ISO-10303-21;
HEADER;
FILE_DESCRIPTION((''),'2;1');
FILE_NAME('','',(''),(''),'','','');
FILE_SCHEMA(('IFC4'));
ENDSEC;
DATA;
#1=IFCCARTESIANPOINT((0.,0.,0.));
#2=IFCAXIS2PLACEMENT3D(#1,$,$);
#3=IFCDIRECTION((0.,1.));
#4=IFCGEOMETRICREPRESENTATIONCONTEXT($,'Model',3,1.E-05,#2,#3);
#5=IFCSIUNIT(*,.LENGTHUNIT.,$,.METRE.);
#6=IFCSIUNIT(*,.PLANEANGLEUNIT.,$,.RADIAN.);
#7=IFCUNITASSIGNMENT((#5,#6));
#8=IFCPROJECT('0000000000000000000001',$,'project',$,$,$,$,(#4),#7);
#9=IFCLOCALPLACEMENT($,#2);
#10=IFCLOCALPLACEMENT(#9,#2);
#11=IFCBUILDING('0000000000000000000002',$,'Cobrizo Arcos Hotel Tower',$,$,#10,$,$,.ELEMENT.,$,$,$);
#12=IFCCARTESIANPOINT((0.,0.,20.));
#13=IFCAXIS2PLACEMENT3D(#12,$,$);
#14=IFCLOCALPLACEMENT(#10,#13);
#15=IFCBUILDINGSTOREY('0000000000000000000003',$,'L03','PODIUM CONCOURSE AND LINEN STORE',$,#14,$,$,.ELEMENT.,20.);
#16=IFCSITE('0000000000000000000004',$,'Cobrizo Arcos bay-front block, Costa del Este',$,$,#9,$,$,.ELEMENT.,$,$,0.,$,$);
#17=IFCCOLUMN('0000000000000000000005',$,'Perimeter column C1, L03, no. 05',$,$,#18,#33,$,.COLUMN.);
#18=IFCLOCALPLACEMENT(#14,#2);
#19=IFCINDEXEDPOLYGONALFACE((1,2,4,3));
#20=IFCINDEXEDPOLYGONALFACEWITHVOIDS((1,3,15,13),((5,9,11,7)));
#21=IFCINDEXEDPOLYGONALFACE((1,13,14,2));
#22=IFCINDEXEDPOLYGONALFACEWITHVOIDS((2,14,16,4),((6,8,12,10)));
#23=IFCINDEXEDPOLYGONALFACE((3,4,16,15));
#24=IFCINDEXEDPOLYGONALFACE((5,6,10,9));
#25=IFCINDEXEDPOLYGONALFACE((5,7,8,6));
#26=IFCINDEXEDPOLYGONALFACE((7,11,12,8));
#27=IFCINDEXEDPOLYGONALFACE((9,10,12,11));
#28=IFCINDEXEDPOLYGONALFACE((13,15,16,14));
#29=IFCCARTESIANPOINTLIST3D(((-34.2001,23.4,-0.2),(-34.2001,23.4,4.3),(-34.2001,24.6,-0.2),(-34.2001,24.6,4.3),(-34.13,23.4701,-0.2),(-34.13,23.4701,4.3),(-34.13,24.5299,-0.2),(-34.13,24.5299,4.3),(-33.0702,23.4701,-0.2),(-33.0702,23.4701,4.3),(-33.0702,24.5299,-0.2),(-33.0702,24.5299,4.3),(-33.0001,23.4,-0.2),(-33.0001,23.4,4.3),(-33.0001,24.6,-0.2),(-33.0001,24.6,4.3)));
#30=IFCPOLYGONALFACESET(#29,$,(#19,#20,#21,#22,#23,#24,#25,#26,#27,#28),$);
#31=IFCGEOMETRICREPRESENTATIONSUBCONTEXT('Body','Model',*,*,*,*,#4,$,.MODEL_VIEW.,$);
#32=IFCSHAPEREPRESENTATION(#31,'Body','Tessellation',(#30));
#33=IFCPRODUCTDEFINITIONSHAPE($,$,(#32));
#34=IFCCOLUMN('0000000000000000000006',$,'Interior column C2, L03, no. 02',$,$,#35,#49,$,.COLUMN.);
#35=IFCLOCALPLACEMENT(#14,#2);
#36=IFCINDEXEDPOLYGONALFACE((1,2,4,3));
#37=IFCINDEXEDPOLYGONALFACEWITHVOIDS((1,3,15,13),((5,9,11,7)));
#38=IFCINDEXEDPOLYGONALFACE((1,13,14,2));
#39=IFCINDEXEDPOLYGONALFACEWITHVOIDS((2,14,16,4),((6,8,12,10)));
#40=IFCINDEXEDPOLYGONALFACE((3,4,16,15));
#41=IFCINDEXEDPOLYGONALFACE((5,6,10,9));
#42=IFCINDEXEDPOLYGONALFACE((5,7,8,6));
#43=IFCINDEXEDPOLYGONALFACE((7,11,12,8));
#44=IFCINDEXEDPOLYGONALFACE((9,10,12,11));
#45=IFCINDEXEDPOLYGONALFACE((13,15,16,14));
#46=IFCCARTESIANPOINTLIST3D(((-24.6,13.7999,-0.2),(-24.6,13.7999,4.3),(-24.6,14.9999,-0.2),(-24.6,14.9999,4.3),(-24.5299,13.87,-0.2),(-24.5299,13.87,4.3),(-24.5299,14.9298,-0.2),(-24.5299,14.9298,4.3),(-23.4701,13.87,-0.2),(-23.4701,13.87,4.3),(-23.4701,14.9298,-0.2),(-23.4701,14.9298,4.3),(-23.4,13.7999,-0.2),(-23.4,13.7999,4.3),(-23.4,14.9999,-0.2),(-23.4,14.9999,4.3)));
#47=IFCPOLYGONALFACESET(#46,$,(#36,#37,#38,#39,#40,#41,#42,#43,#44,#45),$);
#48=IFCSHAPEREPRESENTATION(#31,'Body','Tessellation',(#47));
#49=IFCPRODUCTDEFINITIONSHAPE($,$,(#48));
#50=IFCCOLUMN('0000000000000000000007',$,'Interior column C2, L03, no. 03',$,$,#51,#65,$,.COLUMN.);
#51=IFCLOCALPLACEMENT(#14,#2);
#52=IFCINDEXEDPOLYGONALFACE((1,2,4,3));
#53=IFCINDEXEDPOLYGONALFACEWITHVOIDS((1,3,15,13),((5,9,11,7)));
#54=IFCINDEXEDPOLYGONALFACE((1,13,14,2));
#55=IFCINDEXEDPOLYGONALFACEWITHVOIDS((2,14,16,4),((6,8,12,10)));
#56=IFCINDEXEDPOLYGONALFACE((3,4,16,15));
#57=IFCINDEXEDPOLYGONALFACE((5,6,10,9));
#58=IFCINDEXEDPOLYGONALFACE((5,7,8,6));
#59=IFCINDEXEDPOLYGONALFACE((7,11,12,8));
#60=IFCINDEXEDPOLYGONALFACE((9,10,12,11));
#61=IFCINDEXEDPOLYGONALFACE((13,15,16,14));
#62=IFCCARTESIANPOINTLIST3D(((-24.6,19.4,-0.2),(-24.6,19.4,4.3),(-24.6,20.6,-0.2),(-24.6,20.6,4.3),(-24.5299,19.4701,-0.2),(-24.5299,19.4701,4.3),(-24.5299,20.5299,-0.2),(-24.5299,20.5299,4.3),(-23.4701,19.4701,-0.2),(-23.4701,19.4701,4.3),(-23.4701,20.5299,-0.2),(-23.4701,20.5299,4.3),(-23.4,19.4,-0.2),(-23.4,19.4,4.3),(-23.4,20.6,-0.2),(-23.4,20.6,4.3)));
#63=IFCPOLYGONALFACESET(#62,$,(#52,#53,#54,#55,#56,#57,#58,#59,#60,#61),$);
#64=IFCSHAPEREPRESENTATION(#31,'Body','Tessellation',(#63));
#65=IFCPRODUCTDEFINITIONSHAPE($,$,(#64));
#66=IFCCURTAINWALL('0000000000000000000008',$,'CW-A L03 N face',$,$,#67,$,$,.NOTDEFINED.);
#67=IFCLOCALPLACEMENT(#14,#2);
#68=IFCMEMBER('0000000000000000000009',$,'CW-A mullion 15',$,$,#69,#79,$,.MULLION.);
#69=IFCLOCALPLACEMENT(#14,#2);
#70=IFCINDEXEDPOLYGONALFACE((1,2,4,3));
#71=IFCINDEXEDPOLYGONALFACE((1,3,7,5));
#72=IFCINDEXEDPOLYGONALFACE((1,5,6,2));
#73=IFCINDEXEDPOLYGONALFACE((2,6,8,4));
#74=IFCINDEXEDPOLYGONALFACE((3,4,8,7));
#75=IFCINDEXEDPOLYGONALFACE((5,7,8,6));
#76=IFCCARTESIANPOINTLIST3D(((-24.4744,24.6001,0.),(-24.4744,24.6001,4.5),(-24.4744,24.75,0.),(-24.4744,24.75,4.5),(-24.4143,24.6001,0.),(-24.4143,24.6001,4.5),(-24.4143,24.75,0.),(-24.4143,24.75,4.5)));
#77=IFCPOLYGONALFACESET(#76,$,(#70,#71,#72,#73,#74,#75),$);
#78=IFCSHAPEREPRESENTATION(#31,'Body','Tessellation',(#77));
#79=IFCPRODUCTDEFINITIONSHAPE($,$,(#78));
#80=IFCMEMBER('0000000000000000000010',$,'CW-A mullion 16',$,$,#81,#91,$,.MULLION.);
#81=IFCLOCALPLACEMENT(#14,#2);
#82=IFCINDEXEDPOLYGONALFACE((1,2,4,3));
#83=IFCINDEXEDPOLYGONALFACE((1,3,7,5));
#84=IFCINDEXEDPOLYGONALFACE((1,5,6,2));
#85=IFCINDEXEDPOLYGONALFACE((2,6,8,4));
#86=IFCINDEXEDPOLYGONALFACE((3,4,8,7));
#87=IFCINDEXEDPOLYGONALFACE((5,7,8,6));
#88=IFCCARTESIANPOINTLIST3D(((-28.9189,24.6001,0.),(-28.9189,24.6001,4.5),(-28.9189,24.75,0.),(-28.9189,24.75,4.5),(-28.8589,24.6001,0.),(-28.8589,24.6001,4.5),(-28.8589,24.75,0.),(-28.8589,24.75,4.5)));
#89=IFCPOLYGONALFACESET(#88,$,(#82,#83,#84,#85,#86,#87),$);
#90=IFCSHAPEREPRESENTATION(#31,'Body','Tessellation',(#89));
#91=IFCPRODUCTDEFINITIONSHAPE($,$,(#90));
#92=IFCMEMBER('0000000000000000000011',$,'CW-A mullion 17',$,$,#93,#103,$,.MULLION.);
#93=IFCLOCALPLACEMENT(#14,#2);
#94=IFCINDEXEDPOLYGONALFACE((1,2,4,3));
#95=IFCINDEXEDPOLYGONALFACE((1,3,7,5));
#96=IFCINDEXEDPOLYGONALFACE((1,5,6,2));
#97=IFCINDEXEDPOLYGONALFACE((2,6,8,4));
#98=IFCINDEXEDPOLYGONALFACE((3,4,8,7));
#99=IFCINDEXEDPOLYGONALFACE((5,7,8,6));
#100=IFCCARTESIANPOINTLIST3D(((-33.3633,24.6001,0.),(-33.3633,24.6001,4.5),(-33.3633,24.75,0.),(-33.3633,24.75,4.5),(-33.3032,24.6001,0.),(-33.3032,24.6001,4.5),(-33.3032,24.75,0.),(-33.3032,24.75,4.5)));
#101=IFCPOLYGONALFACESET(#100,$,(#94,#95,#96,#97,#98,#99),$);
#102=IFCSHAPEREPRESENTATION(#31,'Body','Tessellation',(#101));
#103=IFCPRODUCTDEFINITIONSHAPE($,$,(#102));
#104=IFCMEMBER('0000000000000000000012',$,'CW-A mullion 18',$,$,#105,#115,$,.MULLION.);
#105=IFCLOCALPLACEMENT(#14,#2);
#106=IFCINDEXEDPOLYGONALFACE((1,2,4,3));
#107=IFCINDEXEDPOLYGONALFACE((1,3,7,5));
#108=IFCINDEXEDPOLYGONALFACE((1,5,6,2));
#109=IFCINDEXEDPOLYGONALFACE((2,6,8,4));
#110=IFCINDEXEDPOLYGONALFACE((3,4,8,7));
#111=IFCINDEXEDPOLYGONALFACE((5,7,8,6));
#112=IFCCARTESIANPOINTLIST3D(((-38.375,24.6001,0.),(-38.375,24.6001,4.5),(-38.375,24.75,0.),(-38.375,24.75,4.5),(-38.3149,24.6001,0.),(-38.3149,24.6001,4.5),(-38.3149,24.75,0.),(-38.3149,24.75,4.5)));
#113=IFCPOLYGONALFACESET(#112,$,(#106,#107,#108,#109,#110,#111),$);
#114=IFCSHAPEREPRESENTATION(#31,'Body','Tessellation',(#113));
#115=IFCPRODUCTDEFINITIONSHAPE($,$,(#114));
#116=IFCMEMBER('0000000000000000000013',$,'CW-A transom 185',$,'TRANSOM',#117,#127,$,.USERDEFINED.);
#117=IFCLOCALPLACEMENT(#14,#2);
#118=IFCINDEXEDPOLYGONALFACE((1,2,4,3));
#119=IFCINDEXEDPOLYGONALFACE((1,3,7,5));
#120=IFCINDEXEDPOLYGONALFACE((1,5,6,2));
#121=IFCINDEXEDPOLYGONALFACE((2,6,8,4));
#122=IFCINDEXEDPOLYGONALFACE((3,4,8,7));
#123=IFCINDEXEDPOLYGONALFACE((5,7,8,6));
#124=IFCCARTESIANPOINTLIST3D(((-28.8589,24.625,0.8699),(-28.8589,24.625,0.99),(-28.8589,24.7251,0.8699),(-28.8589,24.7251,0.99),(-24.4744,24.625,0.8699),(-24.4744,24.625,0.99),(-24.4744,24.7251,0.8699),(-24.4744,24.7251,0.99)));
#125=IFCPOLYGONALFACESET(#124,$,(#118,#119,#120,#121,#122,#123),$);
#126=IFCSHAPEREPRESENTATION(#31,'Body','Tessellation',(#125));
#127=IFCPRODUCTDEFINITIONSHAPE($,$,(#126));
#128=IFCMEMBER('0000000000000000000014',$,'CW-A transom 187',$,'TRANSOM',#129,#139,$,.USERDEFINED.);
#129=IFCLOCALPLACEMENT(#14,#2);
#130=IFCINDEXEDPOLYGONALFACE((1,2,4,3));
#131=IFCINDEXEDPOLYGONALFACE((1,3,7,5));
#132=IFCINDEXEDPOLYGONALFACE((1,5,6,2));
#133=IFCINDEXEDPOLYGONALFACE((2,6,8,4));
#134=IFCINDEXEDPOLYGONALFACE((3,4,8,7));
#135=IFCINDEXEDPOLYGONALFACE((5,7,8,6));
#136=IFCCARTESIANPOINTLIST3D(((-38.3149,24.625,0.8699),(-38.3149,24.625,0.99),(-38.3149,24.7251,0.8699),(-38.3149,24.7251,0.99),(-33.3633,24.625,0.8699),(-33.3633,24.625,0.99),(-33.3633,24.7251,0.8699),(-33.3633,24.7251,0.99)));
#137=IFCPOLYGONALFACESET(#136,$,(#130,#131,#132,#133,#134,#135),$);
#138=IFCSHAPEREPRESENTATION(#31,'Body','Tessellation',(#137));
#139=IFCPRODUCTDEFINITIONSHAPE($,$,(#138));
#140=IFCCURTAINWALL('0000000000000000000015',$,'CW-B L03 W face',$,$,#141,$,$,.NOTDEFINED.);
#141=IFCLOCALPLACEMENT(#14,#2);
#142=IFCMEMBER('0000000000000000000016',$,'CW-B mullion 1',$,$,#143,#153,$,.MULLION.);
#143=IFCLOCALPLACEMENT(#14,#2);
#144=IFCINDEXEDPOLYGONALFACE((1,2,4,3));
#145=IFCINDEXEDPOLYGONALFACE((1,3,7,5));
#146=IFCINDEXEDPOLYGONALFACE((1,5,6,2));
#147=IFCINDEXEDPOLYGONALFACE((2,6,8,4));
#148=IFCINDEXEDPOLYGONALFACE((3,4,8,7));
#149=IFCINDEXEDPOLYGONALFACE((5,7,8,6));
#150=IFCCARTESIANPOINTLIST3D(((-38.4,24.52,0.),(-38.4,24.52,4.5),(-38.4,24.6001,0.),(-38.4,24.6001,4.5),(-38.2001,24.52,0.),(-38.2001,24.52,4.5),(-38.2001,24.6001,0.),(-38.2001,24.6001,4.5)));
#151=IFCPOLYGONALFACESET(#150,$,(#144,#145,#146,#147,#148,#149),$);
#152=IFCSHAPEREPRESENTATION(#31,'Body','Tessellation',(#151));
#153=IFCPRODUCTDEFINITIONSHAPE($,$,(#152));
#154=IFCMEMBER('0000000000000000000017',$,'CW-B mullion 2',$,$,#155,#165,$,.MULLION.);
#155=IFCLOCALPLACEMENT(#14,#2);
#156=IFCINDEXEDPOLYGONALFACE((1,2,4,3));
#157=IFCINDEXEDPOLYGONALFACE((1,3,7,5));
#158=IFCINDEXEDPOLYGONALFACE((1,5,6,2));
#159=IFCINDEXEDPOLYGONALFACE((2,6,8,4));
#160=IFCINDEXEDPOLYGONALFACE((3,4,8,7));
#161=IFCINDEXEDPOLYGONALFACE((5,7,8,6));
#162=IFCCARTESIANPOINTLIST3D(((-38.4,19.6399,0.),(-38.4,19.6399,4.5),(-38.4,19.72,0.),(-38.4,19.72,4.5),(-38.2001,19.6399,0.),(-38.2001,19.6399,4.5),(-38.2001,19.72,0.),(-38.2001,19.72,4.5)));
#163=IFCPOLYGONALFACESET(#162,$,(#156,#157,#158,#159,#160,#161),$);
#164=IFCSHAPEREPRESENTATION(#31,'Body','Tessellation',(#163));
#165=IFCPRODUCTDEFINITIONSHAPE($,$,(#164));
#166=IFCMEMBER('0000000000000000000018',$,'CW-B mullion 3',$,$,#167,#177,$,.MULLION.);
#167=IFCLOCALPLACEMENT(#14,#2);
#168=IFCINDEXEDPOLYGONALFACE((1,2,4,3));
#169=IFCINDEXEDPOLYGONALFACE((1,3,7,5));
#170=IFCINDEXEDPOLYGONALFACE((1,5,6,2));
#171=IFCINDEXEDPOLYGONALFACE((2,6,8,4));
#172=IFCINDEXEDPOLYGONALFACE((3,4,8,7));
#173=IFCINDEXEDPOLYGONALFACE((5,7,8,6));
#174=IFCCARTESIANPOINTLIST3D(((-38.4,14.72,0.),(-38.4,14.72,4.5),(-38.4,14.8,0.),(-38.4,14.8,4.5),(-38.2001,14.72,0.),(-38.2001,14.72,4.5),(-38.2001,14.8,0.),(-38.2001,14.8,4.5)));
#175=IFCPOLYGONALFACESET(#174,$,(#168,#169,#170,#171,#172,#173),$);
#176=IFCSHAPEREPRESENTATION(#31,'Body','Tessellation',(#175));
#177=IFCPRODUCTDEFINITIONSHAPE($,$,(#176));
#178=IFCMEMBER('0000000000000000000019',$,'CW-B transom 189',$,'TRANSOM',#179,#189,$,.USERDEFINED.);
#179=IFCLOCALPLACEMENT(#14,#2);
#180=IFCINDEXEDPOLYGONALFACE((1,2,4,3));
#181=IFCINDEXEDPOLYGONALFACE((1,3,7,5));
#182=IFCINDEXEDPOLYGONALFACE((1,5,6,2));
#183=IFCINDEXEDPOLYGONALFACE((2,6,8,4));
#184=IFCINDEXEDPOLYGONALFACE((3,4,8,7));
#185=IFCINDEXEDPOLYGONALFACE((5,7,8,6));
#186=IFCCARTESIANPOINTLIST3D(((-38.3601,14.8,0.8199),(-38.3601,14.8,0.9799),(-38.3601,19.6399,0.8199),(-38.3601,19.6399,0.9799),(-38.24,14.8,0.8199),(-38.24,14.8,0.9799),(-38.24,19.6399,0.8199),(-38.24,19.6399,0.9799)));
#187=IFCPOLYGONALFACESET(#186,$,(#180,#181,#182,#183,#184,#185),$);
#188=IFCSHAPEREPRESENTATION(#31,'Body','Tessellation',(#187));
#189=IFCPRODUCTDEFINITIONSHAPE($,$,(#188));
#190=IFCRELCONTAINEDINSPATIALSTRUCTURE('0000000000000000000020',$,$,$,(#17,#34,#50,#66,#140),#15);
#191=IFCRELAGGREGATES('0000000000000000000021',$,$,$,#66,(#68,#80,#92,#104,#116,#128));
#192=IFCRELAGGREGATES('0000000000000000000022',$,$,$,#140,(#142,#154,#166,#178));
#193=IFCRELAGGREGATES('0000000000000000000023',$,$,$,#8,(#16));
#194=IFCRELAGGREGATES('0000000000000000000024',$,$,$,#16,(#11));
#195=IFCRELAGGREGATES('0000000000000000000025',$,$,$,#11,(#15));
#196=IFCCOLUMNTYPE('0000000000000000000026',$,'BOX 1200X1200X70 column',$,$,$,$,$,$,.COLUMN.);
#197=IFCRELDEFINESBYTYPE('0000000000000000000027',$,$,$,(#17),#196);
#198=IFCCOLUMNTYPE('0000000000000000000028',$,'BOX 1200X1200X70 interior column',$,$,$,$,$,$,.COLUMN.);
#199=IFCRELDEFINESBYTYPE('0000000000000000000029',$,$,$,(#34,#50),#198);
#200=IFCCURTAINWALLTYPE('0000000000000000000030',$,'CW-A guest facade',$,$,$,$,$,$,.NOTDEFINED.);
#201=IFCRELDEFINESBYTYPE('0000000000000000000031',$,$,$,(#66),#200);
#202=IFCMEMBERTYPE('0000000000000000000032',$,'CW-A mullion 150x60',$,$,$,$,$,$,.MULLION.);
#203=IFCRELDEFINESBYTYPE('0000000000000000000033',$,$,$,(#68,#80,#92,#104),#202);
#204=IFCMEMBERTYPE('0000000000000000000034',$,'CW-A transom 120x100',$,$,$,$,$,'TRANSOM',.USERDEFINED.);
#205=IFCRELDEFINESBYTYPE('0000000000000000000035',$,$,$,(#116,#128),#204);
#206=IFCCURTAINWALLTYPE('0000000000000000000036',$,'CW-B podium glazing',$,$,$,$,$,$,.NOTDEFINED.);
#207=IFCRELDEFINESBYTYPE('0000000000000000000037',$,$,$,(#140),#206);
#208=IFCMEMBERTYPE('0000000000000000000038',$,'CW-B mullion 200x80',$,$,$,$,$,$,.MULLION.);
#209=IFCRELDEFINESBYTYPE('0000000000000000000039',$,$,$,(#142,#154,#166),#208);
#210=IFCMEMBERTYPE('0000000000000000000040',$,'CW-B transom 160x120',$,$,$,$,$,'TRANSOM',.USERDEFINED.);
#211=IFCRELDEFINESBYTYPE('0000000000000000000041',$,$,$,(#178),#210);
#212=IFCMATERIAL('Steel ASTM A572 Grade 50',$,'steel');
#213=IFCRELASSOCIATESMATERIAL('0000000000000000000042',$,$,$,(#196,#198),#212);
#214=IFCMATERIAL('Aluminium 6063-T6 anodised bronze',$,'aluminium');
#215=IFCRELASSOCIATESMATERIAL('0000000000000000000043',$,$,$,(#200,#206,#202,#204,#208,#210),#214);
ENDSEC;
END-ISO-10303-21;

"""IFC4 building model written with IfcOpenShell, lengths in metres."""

from ifc_helpers import new_model, si_unit, direction, frame, origin, origin_2d, place, context, subcontext, project, spatial, rectangle, hollow_rectangle, extrude, material, material_profile, profile_set, type_object, element, aggregate, save


model = new_model("IFC4")

# Units and contexts
model_context = context("Model", 3, precision=1e-05, world=origin(), true_north=direction((0.0, 1.0)))
body_context = subcontext(model_context, "Body", "Model", "MODEL_VIEW")
ifc_project = project(units=[si_unit("LENGTHUNIT", "METRE"), si_unit("PLANEANGLEUNIT", "RADIAN")], contexts=[model_context])

# Site, building, storey
site_placement = place(None, origin())
site = spatial("IfcSite", under=ifc_project, at=site_placement, Name="Cobrizo Arcos bay-front block, Costa del Este", CompositionType="ELEMENT", RefElevation=0.0)
building_placement = place(site_placement, origin())
building = spatial("IfcBuilding", under=site, at=building_placement, Name="Cobrizo Arcos Hotel Tower", CompositionType="ELEMENT")
storey_placement = place(building_placement, frame((0.0, 0.0, 20.0)))
storey = spatial("IfcBuildingStorey", under=building, at=storey_placement, Name="L03", Description="PODIUM CONCOURSE AND LINEN STORE", CompositionType="ELEMENT", Elevation=20.0)

# Columns
ifc_material_1 = material(Name="Steel ASTM A572 Grade 50", Category="steel")
ifc_material_profile_1 = material_profile(ifc_material_1, hollow_rectangle(XDim=1.2, YDim=1.2, WallThickness=0.0701, at=origin_2d()), Name="BOX 1200X1200X70")
ifc_profile_set_1 = profile_set([ifc_material_profile_1], Name="Steel ASTM A572 Grade 50")
column_type_1 = type_object("IfcColumnType", Name="BOX 1200X1200X70 column", PredefinedType="COLUMN", material=ifc_profile_set_1)
column_placement = place(storey_placement, frame((-33.6001, 24.0, -0.2), z_axis=(0.0, 0.0, 1.0), x_axis=(1.0, 0.0, 0.0)))
element("IfcColumn", 1, at=column_placement, inside=storey, type_object=column_type_1, Name="Perimeter column C1, L03, no. 05", PredefinedType="COLUMN", context=body_context, shape_type="SweptSolid", body=[
    extrude(hollow_rectangle(XDim=1.2, YDim=1.2, WallThickness=0.0701, at=origin_2d()), origin(), (0.0, 0.0, 1.0), 4.5),
])
ifc_material_profile_2 = material_profile(ifc_material_1, hollow_rectangle(XDim=1.2, YDim=1.2, WallThickness=0.0701, at=origin_2d()), Name="BOX 1200X1200X70")
ifc_profile_set_2 = profile_set([ifc_material_profile_2], Name="Steel ASTM A572 Grade 50")
column_type_2 = type_object("IfcColumnType", Name="BOX 1200X1200X70 interior column", PredefinedType="COLUMN", material=ifc_profile_set_2)
for number, where, z_axis, x_axis, name in (
    (2, (-24.0, 14.3999, -0.2), (0.0, 0.0, 1.0), (1.0, 0.0, 0.0), "Interior column C2, L03, no. 02"),
    (3, (-24.0, 20.0, -0.2), (0.0, 0.0, 1.0), (1.0, 0.0, 0.0), "Interior column C2, L03, no. 03"),
):
    element("IfcColumn", number, at=place(storey_placement, frame(where, z_axis=z_axis, x_axis=x_axis)), inside=storey, type_object=column_type_2, Name=name, PredefinedType="COLUMN", context=body_context, shape_type="SweptSolid", body=[
        extrude(hollow_rectangle(XDim=1.2, YDim=1.2, WallThickness=0.0701, at=origin_2d()), origin(), (0.0, 0.0, 1.0), 4.5),
    ])

# Curtain walls, members
ifc_material_2 = material(Name="Aluminium 6063-T6 anodised bronze", Category="aluminium")
curtain_wall_type_1 = type_object("IfcCurtainWallType", Name="CW-A guest facade", PredefinedType="NOTDEFINED", material=ifc_material_2)
curtain_wall_1_placement = place(storey_placement, origin())
curtain_wall_1 = element("IfcCurtainWall", 4, at=curtain_wall_1_placement, inside=storey, type_object=curtain_wall_type_1, Name="CW-A L03 N face", PredefinedType="NOTDEFINED")
ifc_material_profile_3 = material_profile(ifc_material_2, rectangle(XDim=0.1499, YDim=0.0601, at=origin_2d()), Name="CW-A mullion 150x60")
ifc_profile_set_3 = profile_set([ifc_material_profile_3], Name="Aluminium 6063-T6 anodised bronze")
member_type_1 = type_object("IfcMemberType", Name="CW-A mullion 150x60", PredefinedType="MULLION", material=ifc_profile_set_3)
member_1_placement = place(storey_placement, frame((-24.4443, 24.675, 0.0), z_axis=(0.0, 0.0, 1.0), x_axis=(0.0, 1.0, 0.0)))
member_1 = element("IfcMember", 5, at=member_1_placement, type_object=member_type_1, Name="CW-A mullion 15", PredefinedType="MULLION", context=body_context, shape_type="SweptSolid", body=[
    extrude(rectangle(XDim=0.1499, YDim=0.0601, at=origin_2d()), origin(), (0.0, 0.0, 1.0), 4.5),
])
member_2_placement = place(storey_placement, frame((-28.8889, 24.675, 0.0), z_axis=(0.0, 0.0, 1.0), x_axis=(0.0, 1.0, 0.0)))
member_2 = element("IfcMember", 6, at=member_2_placement, type_object=member_type_1, Name="CW-A mullion 16", PredefinedType="MULLION", context=body_context, shape_type="SweptSolid", body=[
    extrude(rectangle(XDim=0.1499, YDim=0.0601, at=origin_2d()), origin(), (0.0, 0.0, 1.0), 4.5),
])
member_3_placement = place(storey_placement, frame((-33.3333, 24.675, 0.0), z_axis=(0.0, 0.0, 1.0), x_axis=(0.0, 1.0, 0.0)))
member_3 = element("IfcMember", 7, at=member_3_placement, type_object=member_type_1, Name="CW-A mullion 17", PredefinedType="MULLION", context=body_context, shape_type="SweptSolid", body=[
    extrude(rectangle(XDim=0.1499, YDim=0.0601, at=origin_2d()), origin(), (0.0, 0.0, 1.0), 4.5),
])
member_4_placement = place(storey_placement, frame((-38.345, 24.675, 0.0), z_axis=(0.0, 0.0, 1.0), x_axis=(0.0, 1.0, 0.0)))
member_4 = element("IfcMember", 8, at=member_4_placement, type_object=member_type_1, Name="CW-A mullion 18", PredefinedType="MULLION", context=body_context, shape_type="SweptSolid", body=[
    extrude(rectangle(XDim=0.1499, YDim=0.0601, at=origin_2d()), origin(), (0.0, 0.0, 1.0), 4.5),
])
ifc_material_profile_4 = material_profile(ifc_material_2, rectangle(XDim=0.1001, YDim=0.1201, at=origin_2d()), Name="CW-A transom 120x100")
ifc_profile_set_4 = profile_set([ifc_material_profile_4], Name="Aluminium 6063-T6 anodised bronze")
member_type_2 = type_object("IfcMemberType", Name="CW-A transom 120x100", ElementType="TRANSOM", PredefinedType="USERDEFINED", material=ifc_profile_set_4)
member_5_placement = place(storey_placement, frame((-24.4744, 24.675, 0.9299), z_axis=(-1.0, 0.0, 0.0), x_axis=(0.0, -1.0, 0.0)))
member_5 = element("IfcMember", 9, at=member_5_placement, type_object=member_type_2, Name="CW-A transom 185", ObjectType="TRANSOM", PredefinedType="USERDEFINED", context=body_context, shape_type="SweptSolid", body=[
    extrude(rectangle(XDim=0.1001, YDim=0.1201, at=origin_2d()), origin(), (0.0, 0.0, 1.0), 4.3845),
])
member_6_placement = place(storey_placement, frame((-33.3633, 24.675, 0.9299), z_axis=(-1.0, 0.0, 0.0), x_axis=(0.0, -1.0, 0.0)))
member_6 = element("IfcMember", 10, at=member_6_placement, type_object=member_type_2, Name="CW-A transom 187", ObjectType="TRANSOM", PredefinedType="USERDEFINED", context=body_context, shape_type="SweptSolid", body=[
    extrude(rectangle(XDim=0.1001, YDim=0.1201, at=origin_2d()), origin(), (0.0, 0.0, 1.0), 4.9517),
])
curtain_wall_type_2 = type_object("IfcCurtainWallType", Name="CW-B podium glazing", PredefinedType="NOTDEFINED", material=ifc_material_2)
curtain_wall_2_placement = place(storey_placement, origin())
curtain_wall_2 = element("IfcCurtainWall", 11, at=curtain_wall_2_placement, inside=storey, type_object=curtain_wall_type_2, Name="CW-B L03 W face", PredefinedType="NOTDEFINED")
ifc_material_profile_5 = material_profile(ifc_material_2, rectangle(XDim=0.2, YDim=0.0801, at=origin_2d()), Name="CW-B mullion 200x80")
ifc_profile_set_5 = profile_set([ifc_material_profile_5], Name="Aluminium 6063-T6 anodised bronze")
member_type_3 = type_object("IfcMemberType", Name="CW-B mullion 200x80", PredefinedType="MULLION", material=ifc_profile_set_5)
member_7_placement = place(storey_placement, frame((-38.3, 24.5601, 0.0), z_axis=(0.0, 0.0, 1.0), x_axis=(-1.0, 0.0, 0.0)))
member_7 = element("IfcMember", 12, at=member_7_placement, type_object=member_type_3, Name="CW-B mullion 1", PredefinedType="MULLION", context=body_context, shape_type="SweptSolid", body=[
    extrude(rectangle(XDim=0.2, YDim=0.0801, at=origin_2d()), origin(), (0.0, 0.0, 1.0), 4.5),
])
member_8_placement = place(storey_placement, frame((-38.3, 19.6799, 0.0), z_axis=(0.0, 0.0, 1.0), x_axis=(-1.0, 0.0, 0.0)))
member_8 = element("IfcMember", 13, at=member_8_placement, type_object=member_type_3, Name="CW-B mullion 2", PredefinedType="MULLION", context=body_context, shape_type="SweptSolid", body=[
    extrude(rectangle(XDim=0.2, YDim=0.0801, at=origin_2d()), origin(), (0.0, 0.0, 1.0), 4.5),
])
member_9_placement = place(storey_placement, frame((-38.3, 14.76, 0.0), z_axis=(0.0, 0.0, 1.0), x_axis=(-1.0, 0.0, 0.0)))
member_9 = element("IfcMember", 14, at=member_9_placement, type_object=member_type_3, Name="CW-B mullion 3", PredefinedType="MULLION", context=body_context, shape_type="SweptSolid", body=[
    extrude(rectangle(XDim=0.2, YDim=0.0801, at=origin_2d()), origin(), (0.0, 0.0, 1.0), 4.5),
])
ifc_material_profile_6 = material_profile(ifc_material_2, rectangle(XDim=0.1201, YDim=0.1599, at=origin_2d()), Name="CW-B transom 160x120")
ifc_profile_set_6 = profile_set([ifc_material_profile_6], Name="Aluminium 6063-T6 anodised bronze")
member_type_4 = type_object("IfcMemberType", Name="CW-B transom 160x120", ElementType="TRANSOM", PredefinedType="USERDEFINED", material=ifc_profile_set_6)
member_10_placement = place(storey_placement, frame((-38.3, 19.6399, 0.8999), z_axis=(0.0, -1.0, 0.0), x_axis=(1.0, 0.0, 0.0)))
member_10 = element("IfcMember", 15, at=member_10_placement, type_object=member_type_4, Name="CW-B transom 189", ObjectType="TRANSOM", PredefinedType="USERDEFINED", context=body_context, shape_type="SweptSolid", body=[
    extrude(rectangle(XDim=0.1201, YDim=0.1599, at=origin_2d()), origin(), (0.0, 0.0, 1.0), 4.8398),
])

aggregate(curtain_wall_1, [member_1, member_2, member_3, member_4, member_5, member_6])
aggregate(curtain_wall_2, [member_7, member_8, member_9, member_10])

save(model, "model.ifc")
